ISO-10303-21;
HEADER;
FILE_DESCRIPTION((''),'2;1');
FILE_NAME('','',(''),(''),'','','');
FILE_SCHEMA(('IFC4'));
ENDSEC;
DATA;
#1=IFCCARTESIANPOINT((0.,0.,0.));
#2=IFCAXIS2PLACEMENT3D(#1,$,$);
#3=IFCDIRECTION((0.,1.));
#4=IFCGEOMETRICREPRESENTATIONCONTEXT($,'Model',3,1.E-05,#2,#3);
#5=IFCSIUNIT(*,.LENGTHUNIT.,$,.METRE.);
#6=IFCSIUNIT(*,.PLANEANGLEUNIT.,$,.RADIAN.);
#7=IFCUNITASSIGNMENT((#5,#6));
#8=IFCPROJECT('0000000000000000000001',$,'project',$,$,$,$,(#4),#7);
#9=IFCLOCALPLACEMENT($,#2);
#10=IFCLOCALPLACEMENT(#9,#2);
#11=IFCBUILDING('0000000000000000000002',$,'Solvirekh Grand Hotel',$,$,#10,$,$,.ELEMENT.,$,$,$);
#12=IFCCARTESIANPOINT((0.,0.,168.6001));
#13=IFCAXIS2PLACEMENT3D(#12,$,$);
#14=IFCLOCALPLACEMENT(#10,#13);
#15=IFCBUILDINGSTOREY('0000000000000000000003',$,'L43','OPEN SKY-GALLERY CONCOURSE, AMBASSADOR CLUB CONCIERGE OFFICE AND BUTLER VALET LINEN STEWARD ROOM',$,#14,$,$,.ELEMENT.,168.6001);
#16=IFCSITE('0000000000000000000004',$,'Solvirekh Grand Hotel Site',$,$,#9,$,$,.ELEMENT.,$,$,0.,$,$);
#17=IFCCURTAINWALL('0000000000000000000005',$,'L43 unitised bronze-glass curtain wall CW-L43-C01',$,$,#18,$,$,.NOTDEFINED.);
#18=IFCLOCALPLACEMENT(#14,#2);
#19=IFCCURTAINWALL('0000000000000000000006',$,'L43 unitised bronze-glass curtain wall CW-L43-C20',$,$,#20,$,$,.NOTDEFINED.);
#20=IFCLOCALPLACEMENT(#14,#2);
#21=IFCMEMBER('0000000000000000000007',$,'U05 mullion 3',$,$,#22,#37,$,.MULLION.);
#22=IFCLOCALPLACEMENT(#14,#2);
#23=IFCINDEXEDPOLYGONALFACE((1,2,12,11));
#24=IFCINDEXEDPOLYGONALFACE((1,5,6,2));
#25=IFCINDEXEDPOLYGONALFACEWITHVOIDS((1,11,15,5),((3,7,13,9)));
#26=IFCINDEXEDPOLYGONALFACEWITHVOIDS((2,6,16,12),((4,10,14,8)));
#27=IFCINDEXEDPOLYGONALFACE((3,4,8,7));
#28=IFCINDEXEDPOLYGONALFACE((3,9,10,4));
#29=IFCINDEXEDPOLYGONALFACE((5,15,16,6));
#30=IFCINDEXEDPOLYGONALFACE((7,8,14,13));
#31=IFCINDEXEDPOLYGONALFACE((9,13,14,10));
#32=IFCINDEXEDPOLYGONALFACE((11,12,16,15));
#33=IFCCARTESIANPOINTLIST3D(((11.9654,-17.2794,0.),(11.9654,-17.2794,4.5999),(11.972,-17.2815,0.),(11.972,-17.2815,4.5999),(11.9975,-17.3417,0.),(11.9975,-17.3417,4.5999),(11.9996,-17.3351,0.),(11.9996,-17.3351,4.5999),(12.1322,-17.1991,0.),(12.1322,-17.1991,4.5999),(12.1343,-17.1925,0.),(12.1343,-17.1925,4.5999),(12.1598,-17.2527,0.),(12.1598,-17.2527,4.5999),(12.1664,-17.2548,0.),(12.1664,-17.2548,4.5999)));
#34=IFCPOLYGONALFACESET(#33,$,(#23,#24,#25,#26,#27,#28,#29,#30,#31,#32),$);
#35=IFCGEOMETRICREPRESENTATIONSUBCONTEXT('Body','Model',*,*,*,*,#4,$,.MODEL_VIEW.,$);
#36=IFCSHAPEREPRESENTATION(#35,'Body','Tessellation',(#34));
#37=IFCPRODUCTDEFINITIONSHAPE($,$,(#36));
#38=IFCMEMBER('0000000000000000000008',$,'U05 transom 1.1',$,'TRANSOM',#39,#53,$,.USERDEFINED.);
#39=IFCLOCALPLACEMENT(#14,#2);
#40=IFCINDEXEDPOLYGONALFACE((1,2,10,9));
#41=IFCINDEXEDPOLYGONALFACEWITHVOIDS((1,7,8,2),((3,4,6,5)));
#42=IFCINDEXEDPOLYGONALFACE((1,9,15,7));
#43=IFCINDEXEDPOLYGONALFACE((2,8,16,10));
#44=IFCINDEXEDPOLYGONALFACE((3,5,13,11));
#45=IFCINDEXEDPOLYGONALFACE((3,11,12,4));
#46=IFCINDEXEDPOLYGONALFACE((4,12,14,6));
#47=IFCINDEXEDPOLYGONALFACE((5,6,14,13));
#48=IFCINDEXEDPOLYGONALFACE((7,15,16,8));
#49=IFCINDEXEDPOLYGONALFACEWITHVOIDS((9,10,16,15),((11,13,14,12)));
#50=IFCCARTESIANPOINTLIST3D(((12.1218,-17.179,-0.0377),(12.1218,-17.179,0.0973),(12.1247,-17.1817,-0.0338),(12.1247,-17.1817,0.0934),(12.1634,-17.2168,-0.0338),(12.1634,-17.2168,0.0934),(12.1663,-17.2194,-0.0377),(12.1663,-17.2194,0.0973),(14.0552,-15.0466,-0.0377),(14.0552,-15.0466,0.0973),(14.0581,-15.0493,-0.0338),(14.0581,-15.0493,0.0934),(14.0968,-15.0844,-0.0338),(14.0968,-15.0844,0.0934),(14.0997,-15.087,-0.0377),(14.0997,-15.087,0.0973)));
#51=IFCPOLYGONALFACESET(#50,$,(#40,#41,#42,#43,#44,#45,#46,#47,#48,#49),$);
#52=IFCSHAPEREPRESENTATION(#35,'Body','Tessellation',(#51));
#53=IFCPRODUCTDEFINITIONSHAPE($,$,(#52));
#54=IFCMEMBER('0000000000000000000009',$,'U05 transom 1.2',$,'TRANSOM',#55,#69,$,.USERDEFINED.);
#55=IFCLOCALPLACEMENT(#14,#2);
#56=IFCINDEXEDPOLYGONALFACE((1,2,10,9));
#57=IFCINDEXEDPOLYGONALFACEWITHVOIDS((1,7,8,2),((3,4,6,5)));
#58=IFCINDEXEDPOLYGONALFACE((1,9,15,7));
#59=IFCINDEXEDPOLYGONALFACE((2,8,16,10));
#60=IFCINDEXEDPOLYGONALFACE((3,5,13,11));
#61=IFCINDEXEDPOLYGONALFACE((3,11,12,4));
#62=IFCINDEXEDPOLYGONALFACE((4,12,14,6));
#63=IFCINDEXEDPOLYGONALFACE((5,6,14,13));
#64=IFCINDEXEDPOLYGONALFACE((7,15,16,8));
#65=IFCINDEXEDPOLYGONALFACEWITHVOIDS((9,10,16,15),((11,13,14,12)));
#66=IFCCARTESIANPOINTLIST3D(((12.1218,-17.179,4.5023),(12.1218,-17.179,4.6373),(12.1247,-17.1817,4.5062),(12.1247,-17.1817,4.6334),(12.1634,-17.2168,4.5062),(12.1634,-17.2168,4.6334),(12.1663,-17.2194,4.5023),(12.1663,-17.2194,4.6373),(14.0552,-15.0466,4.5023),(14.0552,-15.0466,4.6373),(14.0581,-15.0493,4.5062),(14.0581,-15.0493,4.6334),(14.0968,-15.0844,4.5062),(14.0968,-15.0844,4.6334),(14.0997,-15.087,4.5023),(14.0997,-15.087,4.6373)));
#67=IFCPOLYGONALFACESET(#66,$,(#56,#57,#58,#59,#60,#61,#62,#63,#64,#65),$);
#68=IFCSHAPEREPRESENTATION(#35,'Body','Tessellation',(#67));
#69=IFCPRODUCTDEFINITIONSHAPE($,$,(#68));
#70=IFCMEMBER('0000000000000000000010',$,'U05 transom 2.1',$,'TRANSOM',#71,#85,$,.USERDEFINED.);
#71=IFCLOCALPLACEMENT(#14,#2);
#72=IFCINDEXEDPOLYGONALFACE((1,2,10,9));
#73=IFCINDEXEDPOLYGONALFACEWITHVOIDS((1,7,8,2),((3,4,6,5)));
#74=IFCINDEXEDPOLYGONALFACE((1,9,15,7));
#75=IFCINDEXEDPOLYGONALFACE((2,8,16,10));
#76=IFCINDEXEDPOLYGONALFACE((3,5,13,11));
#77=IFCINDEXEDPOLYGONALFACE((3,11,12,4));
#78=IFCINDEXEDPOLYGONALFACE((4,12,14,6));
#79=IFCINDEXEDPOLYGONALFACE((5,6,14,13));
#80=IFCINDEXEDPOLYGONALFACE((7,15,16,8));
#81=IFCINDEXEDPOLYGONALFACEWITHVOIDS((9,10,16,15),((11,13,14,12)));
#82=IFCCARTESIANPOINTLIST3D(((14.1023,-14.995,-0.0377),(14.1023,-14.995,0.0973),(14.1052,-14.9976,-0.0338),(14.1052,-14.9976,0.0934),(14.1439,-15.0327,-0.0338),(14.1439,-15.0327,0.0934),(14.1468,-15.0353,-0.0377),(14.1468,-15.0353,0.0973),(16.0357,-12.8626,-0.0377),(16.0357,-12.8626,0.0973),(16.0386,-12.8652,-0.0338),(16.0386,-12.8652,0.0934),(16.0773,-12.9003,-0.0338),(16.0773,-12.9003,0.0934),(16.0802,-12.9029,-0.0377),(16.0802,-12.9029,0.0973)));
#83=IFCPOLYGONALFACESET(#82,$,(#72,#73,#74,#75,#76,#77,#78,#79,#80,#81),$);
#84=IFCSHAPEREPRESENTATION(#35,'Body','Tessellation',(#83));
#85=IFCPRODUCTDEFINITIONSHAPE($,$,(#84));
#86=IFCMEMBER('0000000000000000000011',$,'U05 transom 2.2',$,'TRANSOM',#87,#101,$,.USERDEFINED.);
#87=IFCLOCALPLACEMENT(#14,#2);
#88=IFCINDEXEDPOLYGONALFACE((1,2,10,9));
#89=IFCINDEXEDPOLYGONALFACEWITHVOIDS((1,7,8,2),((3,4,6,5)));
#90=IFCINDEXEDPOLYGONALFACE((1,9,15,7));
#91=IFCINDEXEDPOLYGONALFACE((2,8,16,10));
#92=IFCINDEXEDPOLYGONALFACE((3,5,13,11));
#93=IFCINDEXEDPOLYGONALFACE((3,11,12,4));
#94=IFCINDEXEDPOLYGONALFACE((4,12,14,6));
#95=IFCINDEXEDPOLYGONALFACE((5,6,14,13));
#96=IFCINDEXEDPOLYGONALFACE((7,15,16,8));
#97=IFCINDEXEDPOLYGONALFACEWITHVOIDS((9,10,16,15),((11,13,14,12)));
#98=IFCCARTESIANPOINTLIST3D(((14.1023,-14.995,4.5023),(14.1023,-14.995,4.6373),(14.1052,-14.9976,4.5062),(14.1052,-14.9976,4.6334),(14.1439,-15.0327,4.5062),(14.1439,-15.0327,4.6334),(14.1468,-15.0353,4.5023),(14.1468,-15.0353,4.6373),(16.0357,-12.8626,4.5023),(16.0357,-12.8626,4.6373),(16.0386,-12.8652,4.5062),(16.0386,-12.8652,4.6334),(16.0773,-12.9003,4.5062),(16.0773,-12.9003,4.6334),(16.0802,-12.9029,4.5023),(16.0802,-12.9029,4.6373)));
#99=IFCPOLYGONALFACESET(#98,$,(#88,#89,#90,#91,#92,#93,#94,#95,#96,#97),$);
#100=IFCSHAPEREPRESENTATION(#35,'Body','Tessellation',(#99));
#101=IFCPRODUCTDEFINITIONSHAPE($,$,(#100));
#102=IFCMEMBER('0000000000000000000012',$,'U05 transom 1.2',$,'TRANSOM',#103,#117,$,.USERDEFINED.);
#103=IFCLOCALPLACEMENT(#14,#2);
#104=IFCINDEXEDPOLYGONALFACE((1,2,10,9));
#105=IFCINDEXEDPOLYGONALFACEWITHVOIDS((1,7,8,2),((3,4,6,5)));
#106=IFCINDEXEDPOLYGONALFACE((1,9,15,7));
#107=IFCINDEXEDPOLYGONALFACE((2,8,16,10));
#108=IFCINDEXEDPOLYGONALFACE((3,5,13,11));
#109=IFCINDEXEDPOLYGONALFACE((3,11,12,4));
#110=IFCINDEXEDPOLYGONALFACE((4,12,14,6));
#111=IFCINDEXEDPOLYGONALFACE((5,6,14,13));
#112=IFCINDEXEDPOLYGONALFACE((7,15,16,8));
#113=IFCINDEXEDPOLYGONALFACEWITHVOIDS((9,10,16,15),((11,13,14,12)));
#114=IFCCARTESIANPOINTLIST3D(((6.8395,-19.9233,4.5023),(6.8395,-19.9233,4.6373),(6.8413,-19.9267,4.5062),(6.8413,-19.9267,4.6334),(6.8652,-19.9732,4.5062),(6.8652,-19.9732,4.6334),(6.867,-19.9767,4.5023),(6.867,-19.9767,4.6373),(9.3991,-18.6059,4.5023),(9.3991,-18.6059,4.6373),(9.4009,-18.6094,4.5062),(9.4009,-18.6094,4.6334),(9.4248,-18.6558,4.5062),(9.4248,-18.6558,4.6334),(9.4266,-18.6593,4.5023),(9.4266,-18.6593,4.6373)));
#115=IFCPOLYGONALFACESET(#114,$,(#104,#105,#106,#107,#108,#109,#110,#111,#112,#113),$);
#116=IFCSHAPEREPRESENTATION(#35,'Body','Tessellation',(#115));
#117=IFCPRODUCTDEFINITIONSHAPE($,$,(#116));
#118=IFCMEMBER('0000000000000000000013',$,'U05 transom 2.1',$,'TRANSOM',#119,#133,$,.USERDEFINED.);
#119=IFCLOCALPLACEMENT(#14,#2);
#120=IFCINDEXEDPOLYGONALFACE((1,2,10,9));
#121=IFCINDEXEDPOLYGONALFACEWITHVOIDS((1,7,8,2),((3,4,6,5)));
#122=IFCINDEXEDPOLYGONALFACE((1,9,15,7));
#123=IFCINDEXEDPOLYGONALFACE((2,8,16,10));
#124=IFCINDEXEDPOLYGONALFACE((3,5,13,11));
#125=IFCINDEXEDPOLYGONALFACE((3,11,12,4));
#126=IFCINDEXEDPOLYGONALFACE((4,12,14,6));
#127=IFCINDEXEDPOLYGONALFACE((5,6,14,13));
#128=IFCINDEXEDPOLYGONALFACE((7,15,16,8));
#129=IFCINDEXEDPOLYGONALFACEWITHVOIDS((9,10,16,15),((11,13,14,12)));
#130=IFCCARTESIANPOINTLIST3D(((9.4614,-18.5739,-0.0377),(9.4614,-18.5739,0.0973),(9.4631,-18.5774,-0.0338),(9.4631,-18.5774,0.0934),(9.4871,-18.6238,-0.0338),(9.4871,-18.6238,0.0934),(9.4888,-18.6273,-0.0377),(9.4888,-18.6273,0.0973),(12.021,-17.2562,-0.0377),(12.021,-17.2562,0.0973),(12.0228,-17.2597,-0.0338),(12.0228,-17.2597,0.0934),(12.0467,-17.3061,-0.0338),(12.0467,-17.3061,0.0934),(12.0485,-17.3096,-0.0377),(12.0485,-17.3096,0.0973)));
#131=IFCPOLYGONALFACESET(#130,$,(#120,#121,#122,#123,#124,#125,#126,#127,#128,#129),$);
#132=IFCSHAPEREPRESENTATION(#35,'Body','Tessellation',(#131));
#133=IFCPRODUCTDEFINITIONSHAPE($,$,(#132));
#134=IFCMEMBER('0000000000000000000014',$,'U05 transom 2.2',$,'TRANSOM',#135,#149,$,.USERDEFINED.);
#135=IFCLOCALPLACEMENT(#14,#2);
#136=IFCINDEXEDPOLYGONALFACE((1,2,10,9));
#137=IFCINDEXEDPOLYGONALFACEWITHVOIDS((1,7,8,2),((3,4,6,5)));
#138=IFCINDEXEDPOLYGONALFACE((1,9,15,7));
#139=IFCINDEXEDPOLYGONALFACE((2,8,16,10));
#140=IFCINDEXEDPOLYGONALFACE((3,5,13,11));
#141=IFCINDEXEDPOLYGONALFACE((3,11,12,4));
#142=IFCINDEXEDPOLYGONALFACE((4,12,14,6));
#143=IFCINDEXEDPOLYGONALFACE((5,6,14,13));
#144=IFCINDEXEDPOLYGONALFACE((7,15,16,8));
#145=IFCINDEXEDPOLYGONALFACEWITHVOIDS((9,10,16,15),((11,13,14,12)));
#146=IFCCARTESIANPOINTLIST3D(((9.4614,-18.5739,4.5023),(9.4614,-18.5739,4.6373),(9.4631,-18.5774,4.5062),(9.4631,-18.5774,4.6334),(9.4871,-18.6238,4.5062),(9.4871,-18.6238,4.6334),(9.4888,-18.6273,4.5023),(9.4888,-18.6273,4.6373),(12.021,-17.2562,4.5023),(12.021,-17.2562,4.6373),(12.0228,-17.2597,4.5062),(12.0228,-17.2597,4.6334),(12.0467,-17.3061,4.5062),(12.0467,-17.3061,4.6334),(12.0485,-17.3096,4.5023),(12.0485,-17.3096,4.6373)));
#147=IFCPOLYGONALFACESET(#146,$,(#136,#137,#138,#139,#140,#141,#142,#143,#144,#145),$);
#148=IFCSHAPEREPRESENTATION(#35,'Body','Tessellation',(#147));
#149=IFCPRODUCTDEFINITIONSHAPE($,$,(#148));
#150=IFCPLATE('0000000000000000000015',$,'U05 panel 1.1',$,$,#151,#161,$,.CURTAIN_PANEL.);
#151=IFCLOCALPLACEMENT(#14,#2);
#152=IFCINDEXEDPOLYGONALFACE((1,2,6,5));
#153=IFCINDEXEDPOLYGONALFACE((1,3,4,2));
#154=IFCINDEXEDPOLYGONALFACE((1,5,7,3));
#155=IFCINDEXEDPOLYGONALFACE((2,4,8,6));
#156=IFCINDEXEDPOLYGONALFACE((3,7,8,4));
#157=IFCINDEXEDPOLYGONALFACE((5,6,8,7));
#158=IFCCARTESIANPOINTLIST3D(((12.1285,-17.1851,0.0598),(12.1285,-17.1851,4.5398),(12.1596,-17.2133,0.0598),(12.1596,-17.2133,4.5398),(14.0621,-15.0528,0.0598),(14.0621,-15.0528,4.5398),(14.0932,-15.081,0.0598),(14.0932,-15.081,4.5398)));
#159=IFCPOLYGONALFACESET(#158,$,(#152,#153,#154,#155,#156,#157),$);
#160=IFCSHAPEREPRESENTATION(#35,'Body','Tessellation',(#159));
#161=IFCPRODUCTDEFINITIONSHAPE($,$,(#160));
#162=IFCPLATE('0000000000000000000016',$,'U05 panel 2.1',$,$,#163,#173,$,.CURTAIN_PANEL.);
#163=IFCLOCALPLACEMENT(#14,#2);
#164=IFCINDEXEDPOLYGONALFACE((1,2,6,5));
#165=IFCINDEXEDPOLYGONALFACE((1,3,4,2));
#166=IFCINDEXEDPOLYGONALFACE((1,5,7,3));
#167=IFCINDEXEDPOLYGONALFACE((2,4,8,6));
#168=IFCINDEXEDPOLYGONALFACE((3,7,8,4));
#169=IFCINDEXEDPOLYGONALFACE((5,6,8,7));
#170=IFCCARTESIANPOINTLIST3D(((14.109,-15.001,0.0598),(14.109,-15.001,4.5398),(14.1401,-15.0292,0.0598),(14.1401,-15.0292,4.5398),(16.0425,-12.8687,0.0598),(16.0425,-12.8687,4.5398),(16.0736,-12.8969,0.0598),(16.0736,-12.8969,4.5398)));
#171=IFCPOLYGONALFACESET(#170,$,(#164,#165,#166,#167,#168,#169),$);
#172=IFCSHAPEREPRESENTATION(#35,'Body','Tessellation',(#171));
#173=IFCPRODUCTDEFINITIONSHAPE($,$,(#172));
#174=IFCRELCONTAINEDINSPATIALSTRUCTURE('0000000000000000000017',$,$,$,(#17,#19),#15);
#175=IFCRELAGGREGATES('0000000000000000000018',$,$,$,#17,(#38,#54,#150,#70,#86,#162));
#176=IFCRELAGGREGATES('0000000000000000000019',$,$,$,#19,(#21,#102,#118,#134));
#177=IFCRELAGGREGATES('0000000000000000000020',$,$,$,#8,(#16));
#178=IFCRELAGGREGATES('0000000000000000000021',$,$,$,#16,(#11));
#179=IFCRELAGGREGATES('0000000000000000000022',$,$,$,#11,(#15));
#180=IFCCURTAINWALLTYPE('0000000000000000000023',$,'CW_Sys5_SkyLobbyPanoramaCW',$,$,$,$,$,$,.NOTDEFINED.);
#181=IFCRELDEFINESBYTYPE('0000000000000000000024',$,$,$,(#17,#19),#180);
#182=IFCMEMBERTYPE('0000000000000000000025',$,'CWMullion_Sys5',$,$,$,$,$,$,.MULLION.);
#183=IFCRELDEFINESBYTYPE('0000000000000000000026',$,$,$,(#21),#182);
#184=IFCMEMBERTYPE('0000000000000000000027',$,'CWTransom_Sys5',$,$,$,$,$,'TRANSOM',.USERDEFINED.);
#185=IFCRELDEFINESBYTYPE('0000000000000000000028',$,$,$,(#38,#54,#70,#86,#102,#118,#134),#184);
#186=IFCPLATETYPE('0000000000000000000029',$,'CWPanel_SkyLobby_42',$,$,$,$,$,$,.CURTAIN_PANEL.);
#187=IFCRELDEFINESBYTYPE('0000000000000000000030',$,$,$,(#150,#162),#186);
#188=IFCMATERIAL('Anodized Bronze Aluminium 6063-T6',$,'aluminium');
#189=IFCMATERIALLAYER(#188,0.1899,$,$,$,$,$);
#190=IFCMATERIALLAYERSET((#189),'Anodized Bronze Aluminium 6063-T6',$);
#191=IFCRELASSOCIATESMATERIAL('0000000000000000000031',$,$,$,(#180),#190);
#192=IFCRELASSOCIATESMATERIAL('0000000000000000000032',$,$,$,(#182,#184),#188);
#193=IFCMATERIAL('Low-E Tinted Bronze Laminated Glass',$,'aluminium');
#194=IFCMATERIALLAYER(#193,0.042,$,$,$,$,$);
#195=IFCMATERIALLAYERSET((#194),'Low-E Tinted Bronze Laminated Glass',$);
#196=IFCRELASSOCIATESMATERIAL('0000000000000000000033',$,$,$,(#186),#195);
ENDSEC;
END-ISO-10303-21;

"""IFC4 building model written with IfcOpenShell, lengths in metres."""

from ifc_helpers import new_model, si_unit, direction, frame, origin, origin_2d, place, context, subcontext, project, spatial, rectangle, hollow_rectangle, extrude, source, transform, mapped, material, layer, layer_set, material_profile, profile_set, type_object, element, aggregate, save


model = new_model("IFC4")

# Units and contexts
model_context = context("Model", 3, precision=1e-05, world=origin(), true_north=direction((0.0, 1.0)))
body_context = subcontext(model_context, "Body", "Model", "MODEL_VIEW")
ifc_project = project(units=[si_unit("LENGTHUNIT", "METRE"), si_unit("PLANEANGLEUNIT", "RADIAN")], contexts=[model_context])

# Site, building, storey
site_placement = place(None, origin())
site = spatial("IfcSite", under=ifc_project, at=site_placement, Name="Solvirekh Grand Hotel Site", CompositionType="ELEMENT", RefElevation=0.0)
building_placement = place(site_placement, origin())
building = spatial("IfcBuilding", under=site, at=building_placement, Name="Solvirekh Grand Hotel", CompositionType="ELEMENT")
storey_placement = place(building_placement, frame((0.0, 0.0, 168.6001)))
storey = spatial("IfcBuildingStorey", under=building, at=storey_placement, Name="L43", Description="OPEN SKY-GALLERY CONCOURSE, AMBASSADOR CLUB CONCIERGE OFFICE AND BUTLER VALET LINEN STEWARD ROOM", CompositionType="ELEMENT", Elevation=168.6001)

# Curtain wall
ifc_material_1 = material(Name="Anodized Bronze Aluminium 6063-T6", Category="aluminium")
ifc_layer_1 = layer(ifc_material_1, 0.1899)
ifc_layer_set_1 = layer_set([ifc_layer_1], Name="Anodized Bronze Aluminium 6063-T6")
curtain_wall_type = type_object("IfcCurtainWallType", Name="CW_Sys5_SkyLobbyPanoramaCW", PredefinedType="NOTDEFINED", material=ifc_layer_set_1)
curtain_wall_1_placement = place(storey_placement, origin())
curtain_wall_1 = element("IfcCurtainWall", 1, at=curtain_wall_1_placement, inside=storey, type_object=curtain_wall_type, Name="L43 unitised bronze-glass curtain wall CW-L43-C01", PredefinedType="NOTDEFINED")
ifc_material_profile_1 = material_profile(ifc_material_1, hollow_rectangle(XDim=0.0701, YDim=0.1899, WallThickness=0.0049, at=origin_2d()), Name="ALU RHS 190X70X5")
ifc_profile_set_1 = profile_set([ifc_material_profile_1], Name="Anodized Bronze Aluminium 6063-T6")
member_type_1 = type_object("IfcMemberType", Name="CWMullion_Sys5", PredefinedType="MULLION", material=ifc_profile_set_1)
shared_shape_1 = source(origin(), body_context, "Body", "SweptSolid", [
    extrude(hollow_rectangle(XDim=0.0701, YDim=0.1899, WallThickness=0.0049, at=origin_2d()), origin(), (0.0, 0.0, 1.0), 4.5999),
])

# Curtain wall, member
curtain_wall_2_placement = place(storey_placement, origin())
curtain_wall_2 = element("IfcCurtainWall", 2, at=curtain_wall_2_placement, inside=storey, type_object=curtain_wall_type, Name="L43 unitised bronze-glass curtain wall CW-L43-C20", PredefinedType="NOTDEFINED")
member_1_placement = place(storey_placement, frame((12.0659, -17.2671, 0.0), z_axis=(0.0, 0.0, 1.0), x_axis=(-0.45764, 0.889138, 0.0)))
member_1 = element("IfcMember", 3, at=member_1_placement, type_object=member_type_1, Name="U05 mullion 3", PredefinedType="MULLION", context=body_context, shape_type="MappedRepresentation", body=[
    mapped(shared_shape_1, transform((0.0, 0.0, 0.0), x_axis=(1.0, 0.0, 0.0), y_axis=(0.0, 1.0, 0.0), z_axis=(0.0, 0.0, 1.0), scale=1.0)),
])

# Members
ifc_material_profile_2 = material_profile(ifc_material_1, hollow_rectangle(XDim=0.0601, YDim=0.135, WallThickness=0.0039, at=origin_2d()), Name="ALU RHS 135X60X4")
ifc_profile_set_2 = profile_set([ifc_material_profile_2], Name="Anodized Bronze Aluminium 6063-T6")
member_type_2 = type_object("IfcMemberType", Name="CWTransom_Sys5", ElementType="TRANSOM", PredefinedType="USERDEFINED", material=ifc_profile_set_2)
shared_shape_2 = source(origin(), body_context, "Body", "SweptSolid", [
    extrude(hollow_rectangle(XDim=0.0601, YDim=0.135, WallThickness=0.0039, at=origin_2d()), origin(), (0.0, 0.0, 1.0), 2.8784),
])
member_2_placement = place(storey_placement, frame((12.144, -17.1992, 0.0298), z_axis=(0.671697, 0.740826, 0.0), x_axis=(-0.740826, 0.671697, 0.0)))
member_2 = element("IfcMember", 4, at=member_2_placement, type_object=member_type_2, Name="U05 transom 1.1", ObjectType="TRANSOM", PredefinedType="USERDEFINED", context=body_context, shape_type="MappedRepresentation", body=[
    mapped(shared_shape_2, transform((0.0, 0.0, 0.0), x_axis=(1.0, 0.0, 0.0), y_axis=(0.0, 1.0, 0.0), z_axis=(0.0, 0.0, 1.0), scale=1.0)),
])
member_3_placement = place(storey_placement, frame((12.144, -17.1992, 4.5698), z_axis=(0.671697, 0.740826, 0.0), x_axis=(-0.740826, 0.671697, 0.0)))
member_3 = element("IfcMember", 5, at=member_3_placement, type_object=member_type_2, Name="U05 transom 1.2", ObjectType="TRANSOM", PredefinedType="USERDEFINED", context=body_context, shape_type="MappedRepresentation", body=[
    mapped(shared_shape_2, transform((0.0, 0.0, 0.0), x_axis=(1.0, 0.0, 0.0), y_axis=(0.0, 1.0, 0.0), z_axis=(0.0, 0.0, 1.0), scale=1.0)),
])
member_4_placement = place(storey_placement, frame((14.1245, -15.0151, 0.0298), z_axis=(0.671697, 0.740826, 0.0), x_axis=(-0.740826, 0.671697, 0.0)))
member_4 = element("IfcMember", 6, at=member_4_placement, type_object=member_type_2, Name="U05 transom 2.1", ObjectType="TRANSOM", PredefinedType="USERDEFINED", context=body_context, shape_type="MappedRepresentation", body=[
    mapped(shared_shape_2, transform((0.0, 0.0, 0.0), x_axis=(1.0, 0.0, 0.0), y_axis=(0.0, 1.0, 0.0), z_axis=(0.0, 0.0, 1.0), scale=1.0)),
])
member_5_placement = place(storey_placement, frame((14.1245, -15.0151, 4.5698), z_axis=(0.671697, 0.740826, 0.0), x_axis=(-0.740826, 0.671697, 0.0)))
member_5 = element("IfcMember", 7, at=member_5_placement, type_object=member_type_2, Name="U05 transom 2.2", ObjectType="TRANSOM", PredefinedType="USERDEFINED", context=body_context, shape_type="MappedRepresentation", body=[
    mapped(shared_shape_2, transform((0.0, 0.0, 0.0), x_axis=(1.0, 0.0, 0.0), y_axis=(0.0, 1.0, 0.0), z_axis=(0.0, 0.0, 1.0), scale=1.0)),
])
shared_shape_3 = source(origin(), body_context, "Body", "SweptSolid", [
    extrude(hollow_rectangle(XDim=0.0601, YDim=0.135, WallThickness=0.0039, at=origin_2d()), origin(), (0.0, 0.0, 1.0), 2.8787),
])
member_6_placement = place(storey_placement, frame((6.8533, -19.95, 4.5698), z_axis=(0.889142, 0.457632, 0.0), x_axis=(-0.457632, 0.889142, 0.0)))
member_6 = element("IfcMember", 8, at=member_6_placement, type_object=member_type_2, Name="U05 transom 1.2", ObjectType="TRANSOM", PredefinedType="USERDEFINED", context=body_context, shape_type="MappedRepresentation", body=[
    mapped(shared_shape_3, transform((0.0, 0.0, 0.0), x_axis=(1.0, 0.0, 0.0), y_axis=(0.0, 1.0, 0.0), z_axis=(0.0, 0.0, 1.0), scale=1.0)),
])
shared_shape_4 = source(origin(), body_context, "Body", "SweptSolid", [
    extrude(hollow_rectangle(XDim=0.0601, YDim=0.135, WallThickness=0.0039, at=origin_2d()), origin(), (0.0, 0.0, 1.0), 2.8789),
])
member_7_placement = place(storey_placement, frame((9.4751, -18.6006, 0.0298), z_axis=(0.889107, 0.457699, 0.0), x_axis=(-0.457699, 0.889107, 0.0)))
member_7 = element("IfcMember", 9, at=member_7_placement, type_object=member_type_2, Name="U05 transom 2.1", ObjectType="TRANSOM", PredefinedType="USERDEFINED", context=body_context, shape_type="MappedRepresentation", body=[
    mapped(shared_shape_4, transform((0.0, 0.0, 0.0), x_axis=(1.0, 0.0, 0.0), y_axis=(0.0, 1.0, 0.0), z_axis=(0.0, 0.0, 1.0), scale=1.0)),
])
member_8_placement = place(storey_placement, frame((9.4751, -18.6006, 4.5698), z_axis=(0.889107, 0.457699, 0.0), x_axis=(-0.457699, 0.889107, 0.0)))
member_8 = element("IfcMember", 10, at=member_8_placement, type_object=member_type_2, Name="U05 transom 2.2", ObjectType="TRANSOM", PredefinedType="USERDEFINED", context=body_context, shape_type="MappedRepresentation", body=[
    mapped(shared_shape_4, transform((0.0, 0.0, 0.0), x_axis=(1.0, 0.0, 0.0), y_axis=(0.0, 1.0, 0.0), z_axis=(0.0, 0.0, 1.0), scale=1.0)),
])

# Plates
ifc_material_2 = material(Name="Low-E Tinted Bronze Laminated Glass", Category="aluminium")
ifc_layer_2 = layer(ifc_material_2, 0.042)
ifc_layer_set_2 = layer_set([ifc_layer_2], Name="Low-E Tinted Bronze Laminated Glass")
plate_type = type_object("IfcPlateType", Name="CWPanel_SkyLobby_42", PredefinedType="CURTAIN_PANEL", material=ifc_layer_set_2)
shared_shape_5 = source(origin(), body_context, "Body", "SweptSolid", [
    extrude(rectangle(XDim=2.8784, YDim=0.042, at=origin_2d()), origin(), (0.0, 0.0, 1.0), 4.48),
])
plate_1_placement = place(storey_placement, frame((13.1108, -16.1331, 0.0598), z_axis=(0.0, 0.0, 1.0), x_axis=(0.671738, 0.740789, 0.0)))
plate_1 = element("IfcPlate", 11, at=plate_1_placement, type_object=plate_type, Name="U05 panel 1.1", PredefinedType="CURTAIN_PANEL", context=body_context, shape_type="MappedRepresentation", body=[
    mapped(shared_shape_5, transform((0.0, 0.0, 0.0), x_axis=(1.0, 0.0, 0.0), y_axis=(0.0, 1.0, 0.0), z_axis=(0.0, 0.0, 1.0), scale=1.0)),
])
plate_2_placement = place(storey_placement, frame((15.0913, -13.949, 0.0598), z_axis=(0.0, 0.0, 1.0), x_axis=(0.671738, 0.740789, 0.0)))
plate_2 = element("IfcPlate", 12, at=plate_2_placement, type_object=plate_type, Name="U05 panel 2.1", PredefinedType="CURTAIN_PANEL", context=body_context, shape_type="MappedRepresentation", body=[
    mapped(shared_shape_5, transform((0.0, 0.0, 0.0), x_axis=(1.0, 0.0, 0.0), y_axis=(0.0, 1.0, 0.0), z_axis=(0.0, 0.0, 1.0), scale=1.0)),
])
aggregate(curtain_wall_1, [member_2, member_3, plate_1, member_4, member_5, plate_2])
aggregate(curtain_wall_2, [member_1, member_6, member_7, member_8])

save(model, "model.ifc")
